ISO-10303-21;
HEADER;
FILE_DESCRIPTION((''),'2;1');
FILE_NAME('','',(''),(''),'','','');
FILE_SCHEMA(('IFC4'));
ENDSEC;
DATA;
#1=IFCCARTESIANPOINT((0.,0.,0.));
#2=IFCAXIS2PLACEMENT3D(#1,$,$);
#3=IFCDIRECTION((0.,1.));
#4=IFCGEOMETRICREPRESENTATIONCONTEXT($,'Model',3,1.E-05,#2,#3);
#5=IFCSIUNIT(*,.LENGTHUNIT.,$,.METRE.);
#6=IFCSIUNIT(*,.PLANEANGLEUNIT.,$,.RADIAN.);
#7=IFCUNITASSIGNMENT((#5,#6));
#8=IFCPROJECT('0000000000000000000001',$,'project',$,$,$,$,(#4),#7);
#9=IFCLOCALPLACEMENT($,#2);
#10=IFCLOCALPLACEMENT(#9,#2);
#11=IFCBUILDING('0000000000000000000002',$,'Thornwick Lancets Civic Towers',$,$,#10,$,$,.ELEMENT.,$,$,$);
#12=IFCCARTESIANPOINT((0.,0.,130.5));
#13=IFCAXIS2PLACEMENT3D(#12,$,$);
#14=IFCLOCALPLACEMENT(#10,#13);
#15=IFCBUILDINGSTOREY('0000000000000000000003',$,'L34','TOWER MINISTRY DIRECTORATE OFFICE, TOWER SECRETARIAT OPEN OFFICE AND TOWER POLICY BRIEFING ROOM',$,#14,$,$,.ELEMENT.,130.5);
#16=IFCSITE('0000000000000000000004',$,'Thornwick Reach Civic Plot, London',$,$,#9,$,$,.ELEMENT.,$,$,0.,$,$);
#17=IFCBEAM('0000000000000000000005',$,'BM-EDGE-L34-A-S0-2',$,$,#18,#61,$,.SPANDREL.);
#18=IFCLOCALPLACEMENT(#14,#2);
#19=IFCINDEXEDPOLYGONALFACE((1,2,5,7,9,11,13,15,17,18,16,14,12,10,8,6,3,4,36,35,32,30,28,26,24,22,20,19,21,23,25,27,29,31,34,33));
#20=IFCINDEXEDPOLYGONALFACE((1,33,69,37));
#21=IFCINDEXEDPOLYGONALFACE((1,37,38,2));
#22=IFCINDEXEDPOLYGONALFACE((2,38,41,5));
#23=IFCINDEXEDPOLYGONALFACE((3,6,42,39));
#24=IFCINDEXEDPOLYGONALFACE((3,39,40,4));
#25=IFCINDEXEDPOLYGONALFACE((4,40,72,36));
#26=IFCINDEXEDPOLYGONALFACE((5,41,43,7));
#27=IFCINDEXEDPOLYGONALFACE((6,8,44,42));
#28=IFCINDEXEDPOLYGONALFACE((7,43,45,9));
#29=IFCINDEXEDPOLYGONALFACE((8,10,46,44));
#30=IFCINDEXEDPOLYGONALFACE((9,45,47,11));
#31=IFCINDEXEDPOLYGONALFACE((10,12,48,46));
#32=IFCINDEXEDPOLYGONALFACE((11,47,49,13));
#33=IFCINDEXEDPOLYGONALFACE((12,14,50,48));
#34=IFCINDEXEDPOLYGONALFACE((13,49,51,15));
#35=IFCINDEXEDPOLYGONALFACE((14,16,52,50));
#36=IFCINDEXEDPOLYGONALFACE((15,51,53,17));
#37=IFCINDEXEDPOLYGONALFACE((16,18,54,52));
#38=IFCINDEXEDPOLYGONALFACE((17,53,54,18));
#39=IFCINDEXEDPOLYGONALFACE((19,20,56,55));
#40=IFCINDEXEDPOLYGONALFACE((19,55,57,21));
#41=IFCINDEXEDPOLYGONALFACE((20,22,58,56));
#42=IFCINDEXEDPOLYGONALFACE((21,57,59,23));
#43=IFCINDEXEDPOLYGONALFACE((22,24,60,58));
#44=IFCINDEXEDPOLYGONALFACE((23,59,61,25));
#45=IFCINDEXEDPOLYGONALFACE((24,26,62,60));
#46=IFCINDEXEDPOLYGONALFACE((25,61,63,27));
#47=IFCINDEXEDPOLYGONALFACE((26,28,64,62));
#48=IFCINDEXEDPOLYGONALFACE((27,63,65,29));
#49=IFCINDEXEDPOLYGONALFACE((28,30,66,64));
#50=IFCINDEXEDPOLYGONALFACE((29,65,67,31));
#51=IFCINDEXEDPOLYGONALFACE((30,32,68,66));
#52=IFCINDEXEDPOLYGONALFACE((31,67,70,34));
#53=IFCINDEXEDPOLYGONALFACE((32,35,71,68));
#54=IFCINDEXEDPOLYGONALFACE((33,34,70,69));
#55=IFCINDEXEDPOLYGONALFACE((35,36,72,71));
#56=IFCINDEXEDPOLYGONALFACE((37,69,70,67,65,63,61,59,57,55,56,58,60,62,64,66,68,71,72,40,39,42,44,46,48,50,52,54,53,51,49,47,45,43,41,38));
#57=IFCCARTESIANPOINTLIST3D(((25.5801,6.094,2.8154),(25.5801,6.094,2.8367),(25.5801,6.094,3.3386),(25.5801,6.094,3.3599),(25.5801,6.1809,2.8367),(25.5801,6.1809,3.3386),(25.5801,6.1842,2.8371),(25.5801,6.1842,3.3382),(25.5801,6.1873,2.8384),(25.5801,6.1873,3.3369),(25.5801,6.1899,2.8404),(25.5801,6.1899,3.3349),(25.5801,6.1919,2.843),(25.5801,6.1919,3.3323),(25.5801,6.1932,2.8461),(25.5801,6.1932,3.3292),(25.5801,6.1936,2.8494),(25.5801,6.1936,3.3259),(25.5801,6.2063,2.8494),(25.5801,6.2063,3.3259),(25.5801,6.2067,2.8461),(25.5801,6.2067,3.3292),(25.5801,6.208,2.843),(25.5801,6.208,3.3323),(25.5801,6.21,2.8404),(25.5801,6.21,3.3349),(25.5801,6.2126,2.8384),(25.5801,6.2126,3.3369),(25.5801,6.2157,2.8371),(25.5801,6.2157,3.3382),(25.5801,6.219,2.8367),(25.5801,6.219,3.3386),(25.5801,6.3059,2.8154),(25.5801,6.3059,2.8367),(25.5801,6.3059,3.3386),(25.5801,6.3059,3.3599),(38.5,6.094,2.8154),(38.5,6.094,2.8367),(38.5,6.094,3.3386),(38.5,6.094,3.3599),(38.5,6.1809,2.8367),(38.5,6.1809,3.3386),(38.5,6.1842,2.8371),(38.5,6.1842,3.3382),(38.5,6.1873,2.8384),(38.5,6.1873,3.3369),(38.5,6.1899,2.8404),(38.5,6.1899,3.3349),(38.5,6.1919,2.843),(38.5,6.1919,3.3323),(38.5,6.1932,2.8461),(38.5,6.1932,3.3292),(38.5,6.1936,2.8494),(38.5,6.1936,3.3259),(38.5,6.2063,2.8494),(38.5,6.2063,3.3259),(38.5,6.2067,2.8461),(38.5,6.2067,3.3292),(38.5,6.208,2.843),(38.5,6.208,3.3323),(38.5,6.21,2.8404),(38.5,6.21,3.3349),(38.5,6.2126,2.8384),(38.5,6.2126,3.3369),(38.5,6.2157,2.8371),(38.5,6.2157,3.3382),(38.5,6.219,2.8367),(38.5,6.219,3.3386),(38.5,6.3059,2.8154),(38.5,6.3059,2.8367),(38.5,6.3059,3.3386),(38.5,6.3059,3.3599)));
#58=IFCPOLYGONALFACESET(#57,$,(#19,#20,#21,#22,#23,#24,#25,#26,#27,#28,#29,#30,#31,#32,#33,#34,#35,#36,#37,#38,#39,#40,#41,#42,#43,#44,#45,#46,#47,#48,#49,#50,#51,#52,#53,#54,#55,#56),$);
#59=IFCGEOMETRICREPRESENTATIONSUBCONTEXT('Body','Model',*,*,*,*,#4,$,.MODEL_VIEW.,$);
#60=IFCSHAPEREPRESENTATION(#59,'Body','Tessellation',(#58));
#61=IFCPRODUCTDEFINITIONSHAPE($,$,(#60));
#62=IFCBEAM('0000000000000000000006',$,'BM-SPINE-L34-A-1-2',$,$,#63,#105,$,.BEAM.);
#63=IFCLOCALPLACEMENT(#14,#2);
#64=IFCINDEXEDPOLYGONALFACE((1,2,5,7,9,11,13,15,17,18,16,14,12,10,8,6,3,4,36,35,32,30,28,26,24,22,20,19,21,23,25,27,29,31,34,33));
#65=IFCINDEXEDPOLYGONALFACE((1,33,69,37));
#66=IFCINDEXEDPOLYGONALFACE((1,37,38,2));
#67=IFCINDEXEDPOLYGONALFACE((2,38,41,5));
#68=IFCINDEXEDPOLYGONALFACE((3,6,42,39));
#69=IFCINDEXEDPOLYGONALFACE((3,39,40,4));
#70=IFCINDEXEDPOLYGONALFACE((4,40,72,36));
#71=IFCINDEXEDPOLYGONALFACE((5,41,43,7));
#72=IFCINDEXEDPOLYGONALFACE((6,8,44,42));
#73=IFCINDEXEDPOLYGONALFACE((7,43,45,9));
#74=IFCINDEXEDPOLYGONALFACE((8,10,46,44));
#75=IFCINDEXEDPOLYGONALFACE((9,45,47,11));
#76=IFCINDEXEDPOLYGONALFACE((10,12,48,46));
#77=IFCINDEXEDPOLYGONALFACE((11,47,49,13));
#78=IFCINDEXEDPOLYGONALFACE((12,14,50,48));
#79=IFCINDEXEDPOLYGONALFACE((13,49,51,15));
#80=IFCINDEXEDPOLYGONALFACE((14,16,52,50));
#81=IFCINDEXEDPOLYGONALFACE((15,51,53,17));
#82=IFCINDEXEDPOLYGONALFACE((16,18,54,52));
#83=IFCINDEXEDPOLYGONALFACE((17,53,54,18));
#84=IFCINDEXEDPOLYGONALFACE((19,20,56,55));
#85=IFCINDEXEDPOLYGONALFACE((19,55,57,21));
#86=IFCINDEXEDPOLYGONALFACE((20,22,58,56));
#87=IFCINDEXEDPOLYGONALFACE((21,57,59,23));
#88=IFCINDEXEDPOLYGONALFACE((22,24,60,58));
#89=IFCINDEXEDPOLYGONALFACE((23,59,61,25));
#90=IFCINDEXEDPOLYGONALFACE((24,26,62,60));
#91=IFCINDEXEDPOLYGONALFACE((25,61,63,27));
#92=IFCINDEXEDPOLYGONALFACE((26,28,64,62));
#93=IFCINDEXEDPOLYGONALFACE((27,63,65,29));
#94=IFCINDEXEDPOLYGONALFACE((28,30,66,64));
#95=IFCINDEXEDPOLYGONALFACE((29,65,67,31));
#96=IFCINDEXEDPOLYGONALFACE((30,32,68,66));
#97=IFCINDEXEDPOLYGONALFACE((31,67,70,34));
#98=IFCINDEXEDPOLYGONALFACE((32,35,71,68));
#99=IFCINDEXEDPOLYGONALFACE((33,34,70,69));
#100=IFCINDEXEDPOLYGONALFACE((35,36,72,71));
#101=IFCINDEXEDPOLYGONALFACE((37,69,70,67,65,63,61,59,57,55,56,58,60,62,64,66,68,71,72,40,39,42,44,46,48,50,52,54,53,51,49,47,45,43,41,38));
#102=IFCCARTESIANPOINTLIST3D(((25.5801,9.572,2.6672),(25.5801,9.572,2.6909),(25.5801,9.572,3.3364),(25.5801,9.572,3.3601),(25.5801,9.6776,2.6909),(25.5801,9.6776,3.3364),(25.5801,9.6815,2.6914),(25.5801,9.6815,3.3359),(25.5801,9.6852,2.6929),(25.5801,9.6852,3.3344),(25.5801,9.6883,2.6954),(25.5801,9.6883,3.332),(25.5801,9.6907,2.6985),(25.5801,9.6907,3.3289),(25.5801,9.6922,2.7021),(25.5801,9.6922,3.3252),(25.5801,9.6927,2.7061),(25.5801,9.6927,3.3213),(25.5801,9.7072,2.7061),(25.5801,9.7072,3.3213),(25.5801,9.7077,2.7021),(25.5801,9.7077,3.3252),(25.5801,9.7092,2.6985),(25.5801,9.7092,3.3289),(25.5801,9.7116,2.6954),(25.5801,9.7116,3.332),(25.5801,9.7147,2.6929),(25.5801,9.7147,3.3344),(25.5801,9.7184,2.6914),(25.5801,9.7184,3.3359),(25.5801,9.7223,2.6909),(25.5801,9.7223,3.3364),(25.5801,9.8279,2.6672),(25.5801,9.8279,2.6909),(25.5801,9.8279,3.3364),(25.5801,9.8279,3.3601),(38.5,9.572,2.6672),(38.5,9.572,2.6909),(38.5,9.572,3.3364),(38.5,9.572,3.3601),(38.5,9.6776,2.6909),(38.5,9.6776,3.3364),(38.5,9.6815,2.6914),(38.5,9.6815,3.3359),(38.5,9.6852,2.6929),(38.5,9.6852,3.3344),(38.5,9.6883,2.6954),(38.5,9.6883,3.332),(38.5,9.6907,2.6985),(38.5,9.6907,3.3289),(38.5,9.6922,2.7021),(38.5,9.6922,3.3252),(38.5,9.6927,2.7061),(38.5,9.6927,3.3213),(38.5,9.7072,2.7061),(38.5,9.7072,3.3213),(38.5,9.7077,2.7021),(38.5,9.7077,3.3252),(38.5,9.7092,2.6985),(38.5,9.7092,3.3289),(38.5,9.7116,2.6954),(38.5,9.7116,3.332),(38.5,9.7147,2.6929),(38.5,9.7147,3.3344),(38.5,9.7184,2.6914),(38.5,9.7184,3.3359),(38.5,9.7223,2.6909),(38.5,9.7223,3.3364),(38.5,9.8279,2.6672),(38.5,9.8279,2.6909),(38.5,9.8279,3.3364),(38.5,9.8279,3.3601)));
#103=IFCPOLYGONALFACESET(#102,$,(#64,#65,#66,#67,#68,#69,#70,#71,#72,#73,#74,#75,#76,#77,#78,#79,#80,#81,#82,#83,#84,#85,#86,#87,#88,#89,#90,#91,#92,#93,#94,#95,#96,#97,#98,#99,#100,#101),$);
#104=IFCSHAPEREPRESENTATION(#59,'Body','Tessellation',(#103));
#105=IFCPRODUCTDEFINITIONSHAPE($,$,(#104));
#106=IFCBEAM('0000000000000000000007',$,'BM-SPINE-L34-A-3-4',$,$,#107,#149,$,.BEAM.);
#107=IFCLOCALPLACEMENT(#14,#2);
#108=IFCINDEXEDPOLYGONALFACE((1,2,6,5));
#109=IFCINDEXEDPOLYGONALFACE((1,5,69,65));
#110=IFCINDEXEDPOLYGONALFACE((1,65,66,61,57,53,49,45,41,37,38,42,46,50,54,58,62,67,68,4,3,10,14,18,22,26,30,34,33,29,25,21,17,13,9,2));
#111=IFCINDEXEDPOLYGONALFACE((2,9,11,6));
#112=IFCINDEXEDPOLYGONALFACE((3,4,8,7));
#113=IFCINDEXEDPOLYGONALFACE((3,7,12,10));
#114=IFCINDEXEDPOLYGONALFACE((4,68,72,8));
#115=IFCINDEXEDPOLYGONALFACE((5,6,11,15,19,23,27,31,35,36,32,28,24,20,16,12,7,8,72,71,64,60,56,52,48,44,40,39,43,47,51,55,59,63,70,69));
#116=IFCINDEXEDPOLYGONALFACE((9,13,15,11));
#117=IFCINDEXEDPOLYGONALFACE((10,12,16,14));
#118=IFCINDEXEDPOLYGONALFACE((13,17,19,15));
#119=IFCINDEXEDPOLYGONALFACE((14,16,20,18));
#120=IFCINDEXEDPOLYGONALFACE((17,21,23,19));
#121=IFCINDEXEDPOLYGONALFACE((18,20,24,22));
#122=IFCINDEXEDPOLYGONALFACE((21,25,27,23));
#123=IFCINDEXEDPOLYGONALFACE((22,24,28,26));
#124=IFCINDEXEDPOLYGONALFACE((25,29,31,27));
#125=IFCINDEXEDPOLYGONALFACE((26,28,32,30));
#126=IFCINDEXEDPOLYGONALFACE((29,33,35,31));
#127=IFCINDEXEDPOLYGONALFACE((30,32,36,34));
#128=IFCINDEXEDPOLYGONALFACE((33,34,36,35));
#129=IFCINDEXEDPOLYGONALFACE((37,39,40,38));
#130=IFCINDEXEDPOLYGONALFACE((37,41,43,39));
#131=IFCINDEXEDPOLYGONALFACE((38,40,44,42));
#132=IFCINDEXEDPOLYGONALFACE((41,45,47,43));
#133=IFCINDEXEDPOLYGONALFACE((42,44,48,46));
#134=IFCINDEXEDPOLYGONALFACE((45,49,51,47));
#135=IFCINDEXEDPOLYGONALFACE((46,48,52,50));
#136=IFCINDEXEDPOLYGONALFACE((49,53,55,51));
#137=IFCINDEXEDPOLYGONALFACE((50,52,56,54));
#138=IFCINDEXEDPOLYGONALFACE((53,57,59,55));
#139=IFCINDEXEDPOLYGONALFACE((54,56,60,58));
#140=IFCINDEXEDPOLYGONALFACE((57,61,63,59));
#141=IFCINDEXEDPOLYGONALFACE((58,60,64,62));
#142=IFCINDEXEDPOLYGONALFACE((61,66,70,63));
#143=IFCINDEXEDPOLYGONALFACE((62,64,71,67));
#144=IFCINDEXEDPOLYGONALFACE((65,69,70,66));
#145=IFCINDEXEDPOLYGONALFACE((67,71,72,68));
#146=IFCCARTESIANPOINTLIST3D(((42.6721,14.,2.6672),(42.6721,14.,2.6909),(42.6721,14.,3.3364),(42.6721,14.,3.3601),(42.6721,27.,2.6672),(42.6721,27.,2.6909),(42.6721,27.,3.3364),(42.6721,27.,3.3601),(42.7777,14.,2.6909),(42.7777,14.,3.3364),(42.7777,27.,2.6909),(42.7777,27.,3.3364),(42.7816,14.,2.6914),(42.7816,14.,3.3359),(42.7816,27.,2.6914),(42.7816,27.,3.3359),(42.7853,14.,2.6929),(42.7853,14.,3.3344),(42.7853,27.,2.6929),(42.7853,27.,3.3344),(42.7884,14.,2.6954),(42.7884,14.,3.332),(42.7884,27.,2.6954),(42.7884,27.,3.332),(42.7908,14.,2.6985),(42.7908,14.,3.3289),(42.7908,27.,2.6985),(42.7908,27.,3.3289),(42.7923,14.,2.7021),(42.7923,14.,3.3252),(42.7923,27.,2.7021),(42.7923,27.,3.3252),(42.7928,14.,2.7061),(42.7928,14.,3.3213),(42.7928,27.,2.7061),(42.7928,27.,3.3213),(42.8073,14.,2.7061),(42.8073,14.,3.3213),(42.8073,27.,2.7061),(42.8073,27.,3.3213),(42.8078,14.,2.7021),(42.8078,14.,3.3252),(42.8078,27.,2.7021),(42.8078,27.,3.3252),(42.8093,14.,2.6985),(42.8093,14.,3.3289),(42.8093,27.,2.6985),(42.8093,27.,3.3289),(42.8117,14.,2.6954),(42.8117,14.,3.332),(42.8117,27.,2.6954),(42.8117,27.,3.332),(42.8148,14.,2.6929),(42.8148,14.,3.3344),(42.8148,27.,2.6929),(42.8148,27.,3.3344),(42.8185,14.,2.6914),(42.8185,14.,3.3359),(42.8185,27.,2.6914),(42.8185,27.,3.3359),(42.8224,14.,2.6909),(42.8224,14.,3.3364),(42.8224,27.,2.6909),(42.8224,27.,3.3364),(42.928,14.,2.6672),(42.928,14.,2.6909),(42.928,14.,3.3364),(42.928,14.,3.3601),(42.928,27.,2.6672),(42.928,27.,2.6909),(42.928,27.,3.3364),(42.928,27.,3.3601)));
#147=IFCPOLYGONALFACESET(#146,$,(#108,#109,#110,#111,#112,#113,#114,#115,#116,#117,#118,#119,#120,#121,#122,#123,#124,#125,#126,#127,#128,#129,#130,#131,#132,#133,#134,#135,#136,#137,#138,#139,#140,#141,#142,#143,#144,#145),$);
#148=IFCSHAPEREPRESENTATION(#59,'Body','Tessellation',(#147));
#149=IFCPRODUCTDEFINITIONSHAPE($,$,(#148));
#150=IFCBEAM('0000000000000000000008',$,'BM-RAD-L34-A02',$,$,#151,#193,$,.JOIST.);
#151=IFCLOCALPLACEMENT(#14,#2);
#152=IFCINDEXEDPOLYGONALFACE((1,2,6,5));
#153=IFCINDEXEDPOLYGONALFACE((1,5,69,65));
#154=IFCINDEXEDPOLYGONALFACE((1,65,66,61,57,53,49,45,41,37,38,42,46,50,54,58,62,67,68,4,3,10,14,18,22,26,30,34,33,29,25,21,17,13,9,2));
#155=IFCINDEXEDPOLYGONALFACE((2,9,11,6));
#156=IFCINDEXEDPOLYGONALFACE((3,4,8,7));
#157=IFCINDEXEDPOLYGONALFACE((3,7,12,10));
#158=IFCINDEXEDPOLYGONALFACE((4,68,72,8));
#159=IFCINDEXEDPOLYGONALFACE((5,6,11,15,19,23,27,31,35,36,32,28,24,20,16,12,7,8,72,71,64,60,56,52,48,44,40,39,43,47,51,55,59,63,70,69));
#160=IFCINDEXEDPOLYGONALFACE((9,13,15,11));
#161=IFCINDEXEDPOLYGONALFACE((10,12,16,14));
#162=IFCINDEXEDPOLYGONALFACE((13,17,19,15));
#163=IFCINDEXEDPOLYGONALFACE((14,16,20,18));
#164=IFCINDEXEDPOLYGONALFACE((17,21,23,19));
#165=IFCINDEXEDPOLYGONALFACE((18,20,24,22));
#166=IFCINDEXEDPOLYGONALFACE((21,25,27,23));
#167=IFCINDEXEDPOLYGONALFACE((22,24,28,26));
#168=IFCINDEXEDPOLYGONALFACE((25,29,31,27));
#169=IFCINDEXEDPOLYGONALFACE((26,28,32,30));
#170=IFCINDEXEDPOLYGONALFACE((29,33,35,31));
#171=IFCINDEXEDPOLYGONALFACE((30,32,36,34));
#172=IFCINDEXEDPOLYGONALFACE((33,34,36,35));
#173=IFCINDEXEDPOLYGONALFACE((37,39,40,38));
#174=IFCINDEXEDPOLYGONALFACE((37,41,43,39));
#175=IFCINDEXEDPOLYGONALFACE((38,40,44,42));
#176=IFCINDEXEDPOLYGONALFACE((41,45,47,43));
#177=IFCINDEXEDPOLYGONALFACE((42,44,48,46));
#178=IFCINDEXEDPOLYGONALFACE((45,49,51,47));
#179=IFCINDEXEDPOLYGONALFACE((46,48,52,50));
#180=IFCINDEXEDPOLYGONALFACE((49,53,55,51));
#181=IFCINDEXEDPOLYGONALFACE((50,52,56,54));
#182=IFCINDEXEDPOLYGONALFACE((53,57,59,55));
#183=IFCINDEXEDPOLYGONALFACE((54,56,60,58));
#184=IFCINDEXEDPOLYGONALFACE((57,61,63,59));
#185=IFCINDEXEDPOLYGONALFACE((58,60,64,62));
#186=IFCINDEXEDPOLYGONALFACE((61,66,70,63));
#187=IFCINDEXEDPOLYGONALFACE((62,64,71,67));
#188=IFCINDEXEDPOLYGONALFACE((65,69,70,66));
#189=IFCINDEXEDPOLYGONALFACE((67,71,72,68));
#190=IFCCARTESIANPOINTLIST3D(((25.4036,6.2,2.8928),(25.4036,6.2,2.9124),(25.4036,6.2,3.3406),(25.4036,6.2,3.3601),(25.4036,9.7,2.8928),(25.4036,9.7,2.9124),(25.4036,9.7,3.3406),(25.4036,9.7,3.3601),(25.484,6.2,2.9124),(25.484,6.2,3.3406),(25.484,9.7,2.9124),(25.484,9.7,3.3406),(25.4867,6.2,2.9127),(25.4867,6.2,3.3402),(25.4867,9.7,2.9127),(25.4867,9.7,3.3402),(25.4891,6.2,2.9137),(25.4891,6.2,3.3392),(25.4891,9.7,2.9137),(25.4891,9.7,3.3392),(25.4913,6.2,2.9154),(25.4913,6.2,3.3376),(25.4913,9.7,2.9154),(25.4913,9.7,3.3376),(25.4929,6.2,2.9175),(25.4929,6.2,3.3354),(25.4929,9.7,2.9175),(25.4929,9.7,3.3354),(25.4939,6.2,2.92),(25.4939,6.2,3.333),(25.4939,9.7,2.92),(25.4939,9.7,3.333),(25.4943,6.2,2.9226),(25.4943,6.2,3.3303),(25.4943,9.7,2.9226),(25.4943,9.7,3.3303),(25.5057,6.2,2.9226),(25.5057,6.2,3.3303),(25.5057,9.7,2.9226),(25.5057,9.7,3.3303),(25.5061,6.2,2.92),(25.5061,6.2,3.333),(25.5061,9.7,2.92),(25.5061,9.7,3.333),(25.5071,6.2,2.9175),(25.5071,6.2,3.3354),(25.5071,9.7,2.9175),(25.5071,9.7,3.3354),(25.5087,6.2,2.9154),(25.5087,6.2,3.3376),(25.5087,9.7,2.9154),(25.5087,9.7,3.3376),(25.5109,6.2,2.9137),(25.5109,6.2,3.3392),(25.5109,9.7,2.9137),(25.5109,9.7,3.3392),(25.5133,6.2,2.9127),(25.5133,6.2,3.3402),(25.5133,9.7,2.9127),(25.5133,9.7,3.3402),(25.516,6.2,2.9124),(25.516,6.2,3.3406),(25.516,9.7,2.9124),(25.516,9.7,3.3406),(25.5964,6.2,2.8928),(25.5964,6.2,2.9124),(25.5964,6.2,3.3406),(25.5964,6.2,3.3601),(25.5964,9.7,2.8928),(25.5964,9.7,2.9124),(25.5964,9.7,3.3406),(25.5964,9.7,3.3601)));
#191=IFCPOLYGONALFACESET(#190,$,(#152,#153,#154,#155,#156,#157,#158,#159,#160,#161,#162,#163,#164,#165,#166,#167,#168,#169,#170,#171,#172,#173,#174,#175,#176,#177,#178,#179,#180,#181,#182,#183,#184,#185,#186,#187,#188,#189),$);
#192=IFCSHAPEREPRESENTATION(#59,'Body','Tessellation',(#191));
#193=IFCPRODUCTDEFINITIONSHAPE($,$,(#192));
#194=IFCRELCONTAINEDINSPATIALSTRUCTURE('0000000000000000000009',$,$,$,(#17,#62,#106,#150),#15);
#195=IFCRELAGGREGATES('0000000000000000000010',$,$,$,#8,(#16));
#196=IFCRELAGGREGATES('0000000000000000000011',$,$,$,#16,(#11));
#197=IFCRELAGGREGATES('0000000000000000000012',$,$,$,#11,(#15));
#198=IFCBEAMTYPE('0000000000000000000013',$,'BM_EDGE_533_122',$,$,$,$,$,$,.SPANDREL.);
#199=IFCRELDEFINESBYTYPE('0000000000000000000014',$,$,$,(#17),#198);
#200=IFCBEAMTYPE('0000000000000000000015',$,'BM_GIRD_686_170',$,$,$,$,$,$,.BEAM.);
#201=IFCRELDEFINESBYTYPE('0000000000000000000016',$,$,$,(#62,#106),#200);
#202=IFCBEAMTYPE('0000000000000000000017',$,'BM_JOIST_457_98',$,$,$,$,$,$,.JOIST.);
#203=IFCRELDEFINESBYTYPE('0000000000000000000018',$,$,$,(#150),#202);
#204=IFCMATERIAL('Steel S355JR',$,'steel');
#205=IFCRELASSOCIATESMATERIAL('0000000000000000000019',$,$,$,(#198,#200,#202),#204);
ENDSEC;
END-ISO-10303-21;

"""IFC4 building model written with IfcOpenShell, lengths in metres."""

from ifc_helpers import new_model, si_unit, direction, frame, origin, origin_2d, place, context, subcontext, project, spatial, i_section, extrude, material, material_profile, profile_set, type_object, element, save


model = new_model("IFC4")

# Units and contexts
model_context = context("Model", 3, precision=1e-05, world=origin(), true_north=direction((0.0, 1.0)))
body_context = subcontext(model_context, "Body", "Model", "MODEL_VIEW")
ifc_project = project(units=[si_unit("LENGTHUNIT", "METRE"), si_unit("PLANEANGLEUNIT", "RADIAN")], contexts=[model_context])

# Site, building, storey
site_placement = place(None, origin())
site = spatial("IfcSite", under=ifc_project, at=site_placement, Name="Thornwick Reach Civic Plot, London", CompositionType="ELEMENT", RefElevation=0.0)
building_placement = place(site_placement, origin())
building = spatial("IfcBuilding", under=site, at=building_placement, Name="Thornwick Lancets Civic Towers", CompositionType="ELEMENT")
storey_placement = place(building_placement, frame((0.0, 0.0, 130.5)))
storey = spatial("IfcBuildingStorey", under=building, at=storey_placement, Name="L34", Description="TOWER MINISTRY DIRECTORATE OFFICE, TOWER SECRETARIAT OPEN OFFICE AND TOWER POLICY BRIEFING ROOM", CompositionType="ELEMENT", Elevation=130.5)

# Beams
ifc_material_1 = material(Name="Steel S355JR", Category="steel")
ifc_material_profile_1 = material_profile(ifc_material_1, i_section(OverallWidth=0.2119, OverallDepth=0.5444, WebThickness=0.0127, FlangeThickness=0.0212, FilletRadius=0.0127, at=origin_2d()), Name="UKB 533x210x122")
ifc_profile_set_1 = profile_set([ifc_material_profile_1], Name="Steel S355JR")
beam_type_1 = type_object("IfcBeamType", Name="BM_EDGE_533_122", PredefinedType="SPANDREL", material=ifc_profile_set_1)
beam_1_placement = place(storey_placement, frame((25.5801, 6.2, 3.0876), z_axis=(1.0, 0.0, 0.0), x_axis=(0.0, 1.0, 0.0)))
element("IfcBeam", 1, at=beam_1_placement, inside=storey, type_object=beam_type_1, Name="BM-EDGE-L34-A-S0-2", PredefinedType="SPANDREL", context=body_context, shape_type="SweptSolid", body=[
    extrude(i_section(OverallWidth=0.2119, OverallDepth=0.5444, WebThickness=0.0127, FlangeThickness=0.0212, FilletRadius=0.0127, at=origin_2d()), origin(), (0.0, 0.0, 1.0), 12.9199),
])
ifc_material_profile_2 = material_profile(ifc_material_1, i_section(OverallWidth=0.2559, OverallDepth=0.6929, WebThickness=0.0144, FlangeThickness=0.0237, FilletRadius=0.0151, at=origin_2d()), Name="UKB 686x254x170")
ifc_profile_set_2 = profile_set([ifc_material_profile_2], Name="Steel S355JR")
beam_type_2 = type_object("IfcBeamType", Name="BM_GIRD_686_170", PredefinedType="BEAM", material=ifc_profile_set_2)
beam_2_placement = place(storey_placement, frame((25.5801, 9.7, 3.0137), z_axis=(1.0, 0.0, 0.0), x_axis=(0.0, 1.0, 0.0)))
element("IfcBeam", 2, at=beam_2_placement, inside=storey, type_object=beam_type_2, Name="BM-SPINE-L34-A-1-2", PredefinedType="BEAM", context=body_context, shape_type="SweptSolid", body=[
    extrude(i_section(OverallWidth=0.2559, OverallDepth=0.6929, WebThickness=0.0144, FlangeThickness=0.0237, FilletRadius=0.0151, at=origin_2d()), origin(), (0.0, 0.0, 1.0), 12.9199),
])
beam_3_placement = place(storey_placement, frame((42.8, 14.0, 3.0137), z_axis=(0.0, 1.0, 0.0), x_axis=(-1.0, 0.0, 0.0)))
element("IfcBeam", 3, at=beam_3_placement, inside=storey, type_object=beam_type_2, Name="BM-SPINE-L34-A-3-4", PredefinedType="BEAM", context=body_context, shape_type="SweptSolid", body=[
    extrude(i_section(OverallWidth=0.2559, OverallDepth=0.6929, WebThickness=0.0144, FlangeThickness=0.0237, FilletRadius=0.0151, at=origin_2d()), origin(), (0.0, 0.0, 1.0), 13.0),
])
ifc_material_profile_3 = material_profile(ifc_material_1, i_section(OverallWidth=0.1929, OverallDepth=0.4673, WebThickness=0.0115, FlangeThickness=0.0195, FilletRadius=0.0103, at=origin_2d()), Name="UKB 457x191x98")
ifc_profile_set_3 = profile_set([ifc_material_profile_3], Name="Steel S355JR")
beam_type_3 = type_object("IfcBeamType", Name="BM_JOIST_457_98", PredefinedType="JOIST", material=ifc_profile_set_3)
for number, where, z_axis, x_axis, name in (
    (4, (25.5, 9.7, 3.1265), (0.0, -1.0, 0.0), (1.0, 0.0, 0.0), "BM-RAD-L34-A02"),
):
    element("IfcBeam", number, at=place(storey_placement, frame(where, z_axis=z_axis, x_axis=x_axis)), inside=storey, type_object=beam_type_3, Name=name, PredefinedType="JOIST", context=body_context, shape_type="SweptSolid", body=[
        extrude(i_section(OverallWidth=0.1929, OverallDepth=0.4673, WebThickness=0.0115, FlangeThickness=0.0195, FilletRadius=0.0103, at=origin_2d()), origin(), (0.0, 0.0, 1.0), 3.5),
    ])

save(model, "model.ifc")
